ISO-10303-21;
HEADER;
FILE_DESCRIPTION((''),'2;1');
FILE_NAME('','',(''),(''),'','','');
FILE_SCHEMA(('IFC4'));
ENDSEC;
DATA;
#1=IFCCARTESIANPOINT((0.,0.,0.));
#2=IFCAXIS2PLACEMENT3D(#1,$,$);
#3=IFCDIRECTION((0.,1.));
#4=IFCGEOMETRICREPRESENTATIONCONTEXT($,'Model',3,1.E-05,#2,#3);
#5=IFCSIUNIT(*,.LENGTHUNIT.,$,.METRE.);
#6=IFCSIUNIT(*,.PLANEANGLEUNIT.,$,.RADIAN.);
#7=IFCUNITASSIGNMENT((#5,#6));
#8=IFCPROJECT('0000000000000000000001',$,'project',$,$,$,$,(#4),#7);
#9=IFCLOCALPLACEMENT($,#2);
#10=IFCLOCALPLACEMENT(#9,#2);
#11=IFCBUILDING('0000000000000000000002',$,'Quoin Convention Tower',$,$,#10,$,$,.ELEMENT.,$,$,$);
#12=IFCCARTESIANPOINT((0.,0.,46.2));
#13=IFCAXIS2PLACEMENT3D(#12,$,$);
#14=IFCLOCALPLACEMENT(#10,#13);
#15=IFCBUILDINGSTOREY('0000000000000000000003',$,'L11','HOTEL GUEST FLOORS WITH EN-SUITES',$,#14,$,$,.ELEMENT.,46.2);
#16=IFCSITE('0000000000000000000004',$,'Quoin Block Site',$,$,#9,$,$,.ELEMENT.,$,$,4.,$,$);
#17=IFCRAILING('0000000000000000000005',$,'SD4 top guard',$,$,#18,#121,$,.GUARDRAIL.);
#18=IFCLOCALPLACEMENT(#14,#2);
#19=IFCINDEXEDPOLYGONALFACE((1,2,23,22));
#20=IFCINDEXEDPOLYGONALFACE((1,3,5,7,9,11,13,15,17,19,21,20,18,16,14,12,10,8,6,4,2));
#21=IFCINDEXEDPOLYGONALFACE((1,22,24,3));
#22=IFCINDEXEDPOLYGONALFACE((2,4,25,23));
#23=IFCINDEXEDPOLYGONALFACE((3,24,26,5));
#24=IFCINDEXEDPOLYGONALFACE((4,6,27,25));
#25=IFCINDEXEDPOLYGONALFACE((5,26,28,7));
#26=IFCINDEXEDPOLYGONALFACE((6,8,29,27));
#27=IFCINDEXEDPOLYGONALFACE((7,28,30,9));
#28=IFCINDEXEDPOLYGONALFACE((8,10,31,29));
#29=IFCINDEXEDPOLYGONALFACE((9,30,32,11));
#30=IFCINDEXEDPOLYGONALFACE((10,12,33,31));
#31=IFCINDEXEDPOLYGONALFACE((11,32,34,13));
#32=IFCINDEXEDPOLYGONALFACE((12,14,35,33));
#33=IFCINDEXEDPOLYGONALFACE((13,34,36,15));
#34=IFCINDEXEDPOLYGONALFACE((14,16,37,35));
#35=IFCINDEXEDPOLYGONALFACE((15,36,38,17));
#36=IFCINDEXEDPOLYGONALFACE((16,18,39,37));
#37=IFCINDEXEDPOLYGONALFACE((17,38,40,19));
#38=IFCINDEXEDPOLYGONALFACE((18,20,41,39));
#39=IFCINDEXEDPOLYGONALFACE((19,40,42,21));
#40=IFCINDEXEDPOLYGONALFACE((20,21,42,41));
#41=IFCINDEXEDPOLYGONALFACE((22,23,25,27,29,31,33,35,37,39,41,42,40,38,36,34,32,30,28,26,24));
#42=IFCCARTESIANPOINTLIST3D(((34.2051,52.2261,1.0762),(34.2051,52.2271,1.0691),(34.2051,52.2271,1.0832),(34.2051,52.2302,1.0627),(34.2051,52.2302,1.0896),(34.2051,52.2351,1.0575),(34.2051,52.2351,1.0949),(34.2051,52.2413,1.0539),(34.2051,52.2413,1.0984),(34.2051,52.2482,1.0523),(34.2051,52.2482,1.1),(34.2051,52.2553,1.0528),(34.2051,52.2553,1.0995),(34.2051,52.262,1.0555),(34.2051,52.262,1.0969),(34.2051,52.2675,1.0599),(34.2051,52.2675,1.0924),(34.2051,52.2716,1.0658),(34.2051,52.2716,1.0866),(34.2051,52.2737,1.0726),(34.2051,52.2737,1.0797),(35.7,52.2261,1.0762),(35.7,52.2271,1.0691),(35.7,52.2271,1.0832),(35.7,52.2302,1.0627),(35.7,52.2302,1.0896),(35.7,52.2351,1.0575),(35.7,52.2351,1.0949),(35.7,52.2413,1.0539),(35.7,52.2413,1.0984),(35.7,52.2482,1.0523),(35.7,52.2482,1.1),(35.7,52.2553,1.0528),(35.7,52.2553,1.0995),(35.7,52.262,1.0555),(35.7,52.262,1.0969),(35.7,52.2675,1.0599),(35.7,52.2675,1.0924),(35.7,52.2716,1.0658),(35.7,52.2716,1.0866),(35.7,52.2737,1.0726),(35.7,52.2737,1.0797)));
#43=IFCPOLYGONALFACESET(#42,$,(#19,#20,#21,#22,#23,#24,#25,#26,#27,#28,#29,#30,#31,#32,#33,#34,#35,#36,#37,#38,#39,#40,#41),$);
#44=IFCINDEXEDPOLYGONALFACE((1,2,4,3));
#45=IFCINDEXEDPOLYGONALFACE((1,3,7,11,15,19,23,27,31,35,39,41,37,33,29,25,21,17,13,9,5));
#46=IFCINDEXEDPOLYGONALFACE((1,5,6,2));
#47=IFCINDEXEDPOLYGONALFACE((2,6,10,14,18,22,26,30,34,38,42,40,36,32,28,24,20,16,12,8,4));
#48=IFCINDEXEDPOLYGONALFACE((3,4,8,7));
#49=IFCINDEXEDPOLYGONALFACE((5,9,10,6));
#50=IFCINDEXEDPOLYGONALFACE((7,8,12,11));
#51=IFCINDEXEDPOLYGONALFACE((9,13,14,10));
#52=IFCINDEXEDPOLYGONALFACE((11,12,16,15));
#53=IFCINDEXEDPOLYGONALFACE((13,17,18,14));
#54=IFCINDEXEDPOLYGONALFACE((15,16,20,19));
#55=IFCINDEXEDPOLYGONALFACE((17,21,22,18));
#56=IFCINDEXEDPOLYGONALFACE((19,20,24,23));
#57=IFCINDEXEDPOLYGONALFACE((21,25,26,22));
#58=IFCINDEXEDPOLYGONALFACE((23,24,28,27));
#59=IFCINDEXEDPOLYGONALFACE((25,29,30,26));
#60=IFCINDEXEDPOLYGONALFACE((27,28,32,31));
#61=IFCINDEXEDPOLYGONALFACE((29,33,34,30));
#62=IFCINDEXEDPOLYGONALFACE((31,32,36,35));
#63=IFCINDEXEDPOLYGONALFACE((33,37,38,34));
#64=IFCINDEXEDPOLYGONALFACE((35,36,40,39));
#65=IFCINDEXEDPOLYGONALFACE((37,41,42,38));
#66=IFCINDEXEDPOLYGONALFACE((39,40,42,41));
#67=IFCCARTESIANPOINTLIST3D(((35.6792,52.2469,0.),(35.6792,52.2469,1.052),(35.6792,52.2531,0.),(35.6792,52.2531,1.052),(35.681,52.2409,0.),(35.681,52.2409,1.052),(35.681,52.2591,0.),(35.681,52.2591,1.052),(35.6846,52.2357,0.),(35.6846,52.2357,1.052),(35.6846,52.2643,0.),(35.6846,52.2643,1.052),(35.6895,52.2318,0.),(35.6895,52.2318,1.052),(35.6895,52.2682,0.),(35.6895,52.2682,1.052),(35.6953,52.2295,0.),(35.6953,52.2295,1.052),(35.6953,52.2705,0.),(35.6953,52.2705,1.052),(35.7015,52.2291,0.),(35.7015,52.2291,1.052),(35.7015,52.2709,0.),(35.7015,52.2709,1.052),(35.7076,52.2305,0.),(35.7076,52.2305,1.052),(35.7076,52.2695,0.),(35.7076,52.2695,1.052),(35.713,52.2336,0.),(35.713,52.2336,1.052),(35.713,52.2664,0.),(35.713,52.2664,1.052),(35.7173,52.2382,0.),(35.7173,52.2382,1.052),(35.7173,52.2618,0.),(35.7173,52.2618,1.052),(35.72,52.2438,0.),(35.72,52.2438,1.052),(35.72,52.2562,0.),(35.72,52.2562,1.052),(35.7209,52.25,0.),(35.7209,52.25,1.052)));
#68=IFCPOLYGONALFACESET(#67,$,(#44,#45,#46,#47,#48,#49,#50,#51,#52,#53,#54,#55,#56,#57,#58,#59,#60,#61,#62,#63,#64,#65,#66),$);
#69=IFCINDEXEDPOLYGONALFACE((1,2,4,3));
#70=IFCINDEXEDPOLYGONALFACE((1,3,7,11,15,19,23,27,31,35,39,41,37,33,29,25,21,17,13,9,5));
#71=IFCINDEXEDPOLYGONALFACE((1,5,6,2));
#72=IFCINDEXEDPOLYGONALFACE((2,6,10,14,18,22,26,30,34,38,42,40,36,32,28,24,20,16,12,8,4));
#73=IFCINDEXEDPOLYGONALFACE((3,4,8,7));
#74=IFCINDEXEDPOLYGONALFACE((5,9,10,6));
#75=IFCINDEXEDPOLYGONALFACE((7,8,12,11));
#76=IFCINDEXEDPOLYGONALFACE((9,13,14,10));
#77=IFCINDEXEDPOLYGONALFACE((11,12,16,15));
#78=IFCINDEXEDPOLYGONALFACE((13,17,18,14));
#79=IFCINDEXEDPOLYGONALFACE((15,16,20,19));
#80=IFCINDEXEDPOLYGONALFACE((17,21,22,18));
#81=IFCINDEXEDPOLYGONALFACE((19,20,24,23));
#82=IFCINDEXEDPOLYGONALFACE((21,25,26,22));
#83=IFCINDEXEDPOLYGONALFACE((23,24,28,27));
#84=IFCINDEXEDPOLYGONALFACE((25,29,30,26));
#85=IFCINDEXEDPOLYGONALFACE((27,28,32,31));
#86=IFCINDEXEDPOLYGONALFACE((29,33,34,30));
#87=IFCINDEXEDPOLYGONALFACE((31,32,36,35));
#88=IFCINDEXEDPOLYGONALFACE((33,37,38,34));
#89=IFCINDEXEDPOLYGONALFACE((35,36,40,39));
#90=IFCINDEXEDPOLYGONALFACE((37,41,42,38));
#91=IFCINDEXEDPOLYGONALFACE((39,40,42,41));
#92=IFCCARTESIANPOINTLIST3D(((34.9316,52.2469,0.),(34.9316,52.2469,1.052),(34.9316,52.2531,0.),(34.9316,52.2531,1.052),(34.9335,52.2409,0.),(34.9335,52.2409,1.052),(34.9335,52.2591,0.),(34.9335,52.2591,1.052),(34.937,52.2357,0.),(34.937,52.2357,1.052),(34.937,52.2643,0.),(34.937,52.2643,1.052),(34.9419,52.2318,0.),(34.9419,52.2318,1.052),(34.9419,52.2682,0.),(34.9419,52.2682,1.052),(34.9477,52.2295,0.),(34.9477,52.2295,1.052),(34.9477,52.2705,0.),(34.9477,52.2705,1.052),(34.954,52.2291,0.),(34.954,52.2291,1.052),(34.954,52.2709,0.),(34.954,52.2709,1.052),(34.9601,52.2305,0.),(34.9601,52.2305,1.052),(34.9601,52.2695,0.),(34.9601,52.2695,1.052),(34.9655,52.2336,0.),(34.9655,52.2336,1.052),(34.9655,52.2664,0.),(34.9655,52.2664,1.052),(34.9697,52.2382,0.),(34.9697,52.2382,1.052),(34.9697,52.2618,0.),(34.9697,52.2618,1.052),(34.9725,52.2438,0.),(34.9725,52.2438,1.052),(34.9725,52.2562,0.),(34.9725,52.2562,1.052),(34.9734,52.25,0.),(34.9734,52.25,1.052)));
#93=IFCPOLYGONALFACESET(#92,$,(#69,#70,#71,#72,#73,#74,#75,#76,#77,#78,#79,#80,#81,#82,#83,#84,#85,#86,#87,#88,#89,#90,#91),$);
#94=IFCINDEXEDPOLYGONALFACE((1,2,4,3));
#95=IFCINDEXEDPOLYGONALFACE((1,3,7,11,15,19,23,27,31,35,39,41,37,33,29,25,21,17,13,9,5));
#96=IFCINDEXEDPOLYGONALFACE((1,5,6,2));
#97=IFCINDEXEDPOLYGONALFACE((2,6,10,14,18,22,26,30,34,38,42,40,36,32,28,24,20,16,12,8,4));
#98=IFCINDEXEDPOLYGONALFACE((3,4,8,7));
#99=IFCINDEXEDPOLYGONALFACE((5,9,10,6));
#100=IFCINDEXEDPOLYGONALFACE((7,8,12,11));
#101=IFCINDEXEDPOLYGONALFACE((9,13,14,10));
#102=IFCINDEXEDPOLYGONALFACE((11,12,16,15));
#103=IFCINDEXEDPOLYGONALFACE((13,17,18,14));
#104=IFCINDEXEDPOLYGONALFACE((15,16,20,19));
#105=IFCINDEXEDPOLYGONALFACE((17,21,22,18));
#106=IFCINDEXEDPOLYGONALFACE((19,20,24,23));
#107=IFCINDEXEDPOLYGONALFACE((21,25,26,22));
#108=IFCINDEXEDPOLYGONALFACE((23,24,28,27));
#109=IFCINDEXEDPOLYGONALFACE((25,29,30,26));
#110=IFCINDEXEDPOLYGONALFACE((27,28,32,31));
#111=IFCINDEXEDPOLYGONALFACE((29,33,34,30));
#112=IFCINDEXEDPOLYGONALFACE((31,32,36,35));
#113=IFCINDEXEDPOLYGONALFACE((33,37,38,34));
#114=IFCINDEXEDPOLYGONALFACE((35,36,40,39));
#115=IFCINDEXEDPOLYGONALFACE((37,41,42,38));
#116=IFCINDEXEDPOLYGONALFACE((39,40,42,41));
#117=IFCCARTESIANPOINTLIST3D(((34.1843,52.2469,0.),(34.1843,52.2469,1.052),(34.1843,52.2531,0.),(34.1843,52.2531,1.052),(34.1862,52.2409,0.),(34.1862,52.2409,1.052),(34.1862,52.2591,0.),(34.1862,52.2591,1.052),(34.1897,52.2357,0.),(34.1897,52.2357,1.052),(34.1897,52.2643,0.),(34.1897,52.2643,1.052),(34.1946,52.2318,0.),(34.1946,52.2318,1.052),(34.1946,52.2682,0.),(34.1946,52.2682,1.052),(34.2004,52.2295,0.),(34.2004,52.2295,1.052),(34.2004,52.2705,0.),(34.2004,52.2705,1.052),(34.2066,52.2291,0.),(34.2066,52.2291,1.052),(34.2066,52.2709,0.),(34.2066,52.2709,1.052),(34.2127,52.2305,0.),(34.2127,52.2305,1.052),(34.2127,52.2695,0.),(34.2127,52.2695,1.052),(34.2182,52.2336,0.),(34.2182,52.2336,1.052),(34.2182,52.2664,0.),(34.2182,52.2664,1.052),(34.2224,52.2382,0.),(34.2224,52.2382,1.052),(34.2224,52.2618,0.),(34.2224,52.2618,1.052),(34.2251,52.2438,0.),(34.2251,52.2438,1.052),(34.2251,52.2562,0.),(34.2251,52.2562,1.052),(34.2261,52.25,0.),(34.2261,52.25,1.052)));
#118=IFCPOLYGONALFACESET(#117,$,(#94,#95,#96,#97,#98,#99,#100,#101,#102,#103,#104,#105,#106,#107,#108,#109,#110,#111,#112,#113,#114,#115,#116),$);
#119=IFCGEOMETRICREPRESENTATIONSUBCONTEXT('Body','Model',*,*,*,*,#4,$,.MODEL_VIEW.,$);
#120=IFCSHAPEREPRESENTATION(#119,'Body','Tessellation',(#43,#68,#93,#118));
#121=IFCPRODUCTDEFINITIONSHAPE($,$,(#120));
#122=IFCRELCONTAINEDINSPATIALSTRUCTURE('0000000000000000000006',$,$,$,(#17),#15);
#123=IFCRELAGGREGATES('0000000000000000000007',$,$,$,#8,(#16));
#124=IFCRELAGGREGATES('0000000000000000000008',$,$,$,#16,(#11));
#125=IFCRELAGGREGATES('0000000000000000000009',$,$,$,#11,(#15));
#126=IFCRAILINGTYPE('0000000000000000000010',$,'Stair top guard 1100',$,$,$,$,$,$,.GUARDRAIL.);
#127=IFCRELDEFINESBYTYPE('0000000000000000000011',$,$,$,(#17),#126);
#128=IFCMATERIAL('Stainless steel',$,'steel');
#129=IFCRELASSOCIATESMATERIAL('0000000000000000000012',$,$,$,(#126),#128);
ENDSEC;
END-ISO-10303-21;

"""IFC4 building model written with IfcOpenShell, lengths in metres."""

from ifc_helpers import new_model, si_unit, direction, frame, origin, origin_2d, place, context, subcontext, project, spatial, circle, extrude, material, type_object, element, save


model = new_model("IFC4")

# Units and contexts
model_context = context("Model", 3, precision=1e-05, world=origin(), true_north=direction((0.0, 1.0)))
body_context = subcontext(model_context, "Body", "Model", "MODEL_VIEW")
ifc_project = project(units=[si_unit("LENGTHUNIT", "METRE"), si_unit("PLANEANGLEUNIT", "RADIAN")], contexts=[model_context])

# Site, building, storey
site_placement = place(None, origin())
site = spatial("IfcSite", under=ifc_project, at=site_placement, Name="Quoin Block Site", CompositionType="ELEMENT", RefElevation=4.0)
building_placement = place(site_placement, origin())
building = spatial("IfcBuilding", under=site, at=building_placement, Name="Quoin Convention Tower", CompositionType="ELEMENT")
storey_placement = place(building_placement, frame((0.0, 0.0, 46.2)))
storey = spatial("IfcBuildingStorey", under=building, at=storey_placement, Name="L11", Description="HOTEL GUEST FLOORS WITH EN-SUITES", CompositionType="ELEMENT", Elevation=46.2)

# Railing
ifc_material_1 = material(Name="Stainless steel", Category="steel")
railing_type_1 = type_object("IfcRailingType", Name="Stair top guard 1100", PredefinedType="GUARDRAIL", material=ifc_material_1)
railing_placement = place(storey_placement, frame((35.7, 52.25, 0.0)))
element("IfcRailing", 1, at=railing_placement, inside=storey, type_object=railing_type_1, Name="SD4 top guard", PredefinedType="GUARDRAIL", context=body_context, shape_type="SweptSolid", body=[
    extrude(circle(Radius=0.0239, at=origin_2d()), frame((0.0, 0.0, 1.0762), z_axis=(-1.0, 0.0, 0.0), x_axis=(0.0, -1.0, 0.0)), (0.0, 0.0, 1.0), 1.4949),
    extrude(circle(Radius=0.021, at=origin_2d()), origin(), (0.0, 0.0, 1.0), 1.052),
    extrude(circle(Radius=0.021, at=origin_2d()), frame((-0.7476, 0.0, 0.0)), (0.0, 0.0, 1.0), 1.052),
    extrude(circle(Radius=0.021, at=origin_2d()), frame((-1.4949, 0.0, 0.0)), (0.0, 0.0, 1.0), 1.052),
])

save(model, "model.ifc")
